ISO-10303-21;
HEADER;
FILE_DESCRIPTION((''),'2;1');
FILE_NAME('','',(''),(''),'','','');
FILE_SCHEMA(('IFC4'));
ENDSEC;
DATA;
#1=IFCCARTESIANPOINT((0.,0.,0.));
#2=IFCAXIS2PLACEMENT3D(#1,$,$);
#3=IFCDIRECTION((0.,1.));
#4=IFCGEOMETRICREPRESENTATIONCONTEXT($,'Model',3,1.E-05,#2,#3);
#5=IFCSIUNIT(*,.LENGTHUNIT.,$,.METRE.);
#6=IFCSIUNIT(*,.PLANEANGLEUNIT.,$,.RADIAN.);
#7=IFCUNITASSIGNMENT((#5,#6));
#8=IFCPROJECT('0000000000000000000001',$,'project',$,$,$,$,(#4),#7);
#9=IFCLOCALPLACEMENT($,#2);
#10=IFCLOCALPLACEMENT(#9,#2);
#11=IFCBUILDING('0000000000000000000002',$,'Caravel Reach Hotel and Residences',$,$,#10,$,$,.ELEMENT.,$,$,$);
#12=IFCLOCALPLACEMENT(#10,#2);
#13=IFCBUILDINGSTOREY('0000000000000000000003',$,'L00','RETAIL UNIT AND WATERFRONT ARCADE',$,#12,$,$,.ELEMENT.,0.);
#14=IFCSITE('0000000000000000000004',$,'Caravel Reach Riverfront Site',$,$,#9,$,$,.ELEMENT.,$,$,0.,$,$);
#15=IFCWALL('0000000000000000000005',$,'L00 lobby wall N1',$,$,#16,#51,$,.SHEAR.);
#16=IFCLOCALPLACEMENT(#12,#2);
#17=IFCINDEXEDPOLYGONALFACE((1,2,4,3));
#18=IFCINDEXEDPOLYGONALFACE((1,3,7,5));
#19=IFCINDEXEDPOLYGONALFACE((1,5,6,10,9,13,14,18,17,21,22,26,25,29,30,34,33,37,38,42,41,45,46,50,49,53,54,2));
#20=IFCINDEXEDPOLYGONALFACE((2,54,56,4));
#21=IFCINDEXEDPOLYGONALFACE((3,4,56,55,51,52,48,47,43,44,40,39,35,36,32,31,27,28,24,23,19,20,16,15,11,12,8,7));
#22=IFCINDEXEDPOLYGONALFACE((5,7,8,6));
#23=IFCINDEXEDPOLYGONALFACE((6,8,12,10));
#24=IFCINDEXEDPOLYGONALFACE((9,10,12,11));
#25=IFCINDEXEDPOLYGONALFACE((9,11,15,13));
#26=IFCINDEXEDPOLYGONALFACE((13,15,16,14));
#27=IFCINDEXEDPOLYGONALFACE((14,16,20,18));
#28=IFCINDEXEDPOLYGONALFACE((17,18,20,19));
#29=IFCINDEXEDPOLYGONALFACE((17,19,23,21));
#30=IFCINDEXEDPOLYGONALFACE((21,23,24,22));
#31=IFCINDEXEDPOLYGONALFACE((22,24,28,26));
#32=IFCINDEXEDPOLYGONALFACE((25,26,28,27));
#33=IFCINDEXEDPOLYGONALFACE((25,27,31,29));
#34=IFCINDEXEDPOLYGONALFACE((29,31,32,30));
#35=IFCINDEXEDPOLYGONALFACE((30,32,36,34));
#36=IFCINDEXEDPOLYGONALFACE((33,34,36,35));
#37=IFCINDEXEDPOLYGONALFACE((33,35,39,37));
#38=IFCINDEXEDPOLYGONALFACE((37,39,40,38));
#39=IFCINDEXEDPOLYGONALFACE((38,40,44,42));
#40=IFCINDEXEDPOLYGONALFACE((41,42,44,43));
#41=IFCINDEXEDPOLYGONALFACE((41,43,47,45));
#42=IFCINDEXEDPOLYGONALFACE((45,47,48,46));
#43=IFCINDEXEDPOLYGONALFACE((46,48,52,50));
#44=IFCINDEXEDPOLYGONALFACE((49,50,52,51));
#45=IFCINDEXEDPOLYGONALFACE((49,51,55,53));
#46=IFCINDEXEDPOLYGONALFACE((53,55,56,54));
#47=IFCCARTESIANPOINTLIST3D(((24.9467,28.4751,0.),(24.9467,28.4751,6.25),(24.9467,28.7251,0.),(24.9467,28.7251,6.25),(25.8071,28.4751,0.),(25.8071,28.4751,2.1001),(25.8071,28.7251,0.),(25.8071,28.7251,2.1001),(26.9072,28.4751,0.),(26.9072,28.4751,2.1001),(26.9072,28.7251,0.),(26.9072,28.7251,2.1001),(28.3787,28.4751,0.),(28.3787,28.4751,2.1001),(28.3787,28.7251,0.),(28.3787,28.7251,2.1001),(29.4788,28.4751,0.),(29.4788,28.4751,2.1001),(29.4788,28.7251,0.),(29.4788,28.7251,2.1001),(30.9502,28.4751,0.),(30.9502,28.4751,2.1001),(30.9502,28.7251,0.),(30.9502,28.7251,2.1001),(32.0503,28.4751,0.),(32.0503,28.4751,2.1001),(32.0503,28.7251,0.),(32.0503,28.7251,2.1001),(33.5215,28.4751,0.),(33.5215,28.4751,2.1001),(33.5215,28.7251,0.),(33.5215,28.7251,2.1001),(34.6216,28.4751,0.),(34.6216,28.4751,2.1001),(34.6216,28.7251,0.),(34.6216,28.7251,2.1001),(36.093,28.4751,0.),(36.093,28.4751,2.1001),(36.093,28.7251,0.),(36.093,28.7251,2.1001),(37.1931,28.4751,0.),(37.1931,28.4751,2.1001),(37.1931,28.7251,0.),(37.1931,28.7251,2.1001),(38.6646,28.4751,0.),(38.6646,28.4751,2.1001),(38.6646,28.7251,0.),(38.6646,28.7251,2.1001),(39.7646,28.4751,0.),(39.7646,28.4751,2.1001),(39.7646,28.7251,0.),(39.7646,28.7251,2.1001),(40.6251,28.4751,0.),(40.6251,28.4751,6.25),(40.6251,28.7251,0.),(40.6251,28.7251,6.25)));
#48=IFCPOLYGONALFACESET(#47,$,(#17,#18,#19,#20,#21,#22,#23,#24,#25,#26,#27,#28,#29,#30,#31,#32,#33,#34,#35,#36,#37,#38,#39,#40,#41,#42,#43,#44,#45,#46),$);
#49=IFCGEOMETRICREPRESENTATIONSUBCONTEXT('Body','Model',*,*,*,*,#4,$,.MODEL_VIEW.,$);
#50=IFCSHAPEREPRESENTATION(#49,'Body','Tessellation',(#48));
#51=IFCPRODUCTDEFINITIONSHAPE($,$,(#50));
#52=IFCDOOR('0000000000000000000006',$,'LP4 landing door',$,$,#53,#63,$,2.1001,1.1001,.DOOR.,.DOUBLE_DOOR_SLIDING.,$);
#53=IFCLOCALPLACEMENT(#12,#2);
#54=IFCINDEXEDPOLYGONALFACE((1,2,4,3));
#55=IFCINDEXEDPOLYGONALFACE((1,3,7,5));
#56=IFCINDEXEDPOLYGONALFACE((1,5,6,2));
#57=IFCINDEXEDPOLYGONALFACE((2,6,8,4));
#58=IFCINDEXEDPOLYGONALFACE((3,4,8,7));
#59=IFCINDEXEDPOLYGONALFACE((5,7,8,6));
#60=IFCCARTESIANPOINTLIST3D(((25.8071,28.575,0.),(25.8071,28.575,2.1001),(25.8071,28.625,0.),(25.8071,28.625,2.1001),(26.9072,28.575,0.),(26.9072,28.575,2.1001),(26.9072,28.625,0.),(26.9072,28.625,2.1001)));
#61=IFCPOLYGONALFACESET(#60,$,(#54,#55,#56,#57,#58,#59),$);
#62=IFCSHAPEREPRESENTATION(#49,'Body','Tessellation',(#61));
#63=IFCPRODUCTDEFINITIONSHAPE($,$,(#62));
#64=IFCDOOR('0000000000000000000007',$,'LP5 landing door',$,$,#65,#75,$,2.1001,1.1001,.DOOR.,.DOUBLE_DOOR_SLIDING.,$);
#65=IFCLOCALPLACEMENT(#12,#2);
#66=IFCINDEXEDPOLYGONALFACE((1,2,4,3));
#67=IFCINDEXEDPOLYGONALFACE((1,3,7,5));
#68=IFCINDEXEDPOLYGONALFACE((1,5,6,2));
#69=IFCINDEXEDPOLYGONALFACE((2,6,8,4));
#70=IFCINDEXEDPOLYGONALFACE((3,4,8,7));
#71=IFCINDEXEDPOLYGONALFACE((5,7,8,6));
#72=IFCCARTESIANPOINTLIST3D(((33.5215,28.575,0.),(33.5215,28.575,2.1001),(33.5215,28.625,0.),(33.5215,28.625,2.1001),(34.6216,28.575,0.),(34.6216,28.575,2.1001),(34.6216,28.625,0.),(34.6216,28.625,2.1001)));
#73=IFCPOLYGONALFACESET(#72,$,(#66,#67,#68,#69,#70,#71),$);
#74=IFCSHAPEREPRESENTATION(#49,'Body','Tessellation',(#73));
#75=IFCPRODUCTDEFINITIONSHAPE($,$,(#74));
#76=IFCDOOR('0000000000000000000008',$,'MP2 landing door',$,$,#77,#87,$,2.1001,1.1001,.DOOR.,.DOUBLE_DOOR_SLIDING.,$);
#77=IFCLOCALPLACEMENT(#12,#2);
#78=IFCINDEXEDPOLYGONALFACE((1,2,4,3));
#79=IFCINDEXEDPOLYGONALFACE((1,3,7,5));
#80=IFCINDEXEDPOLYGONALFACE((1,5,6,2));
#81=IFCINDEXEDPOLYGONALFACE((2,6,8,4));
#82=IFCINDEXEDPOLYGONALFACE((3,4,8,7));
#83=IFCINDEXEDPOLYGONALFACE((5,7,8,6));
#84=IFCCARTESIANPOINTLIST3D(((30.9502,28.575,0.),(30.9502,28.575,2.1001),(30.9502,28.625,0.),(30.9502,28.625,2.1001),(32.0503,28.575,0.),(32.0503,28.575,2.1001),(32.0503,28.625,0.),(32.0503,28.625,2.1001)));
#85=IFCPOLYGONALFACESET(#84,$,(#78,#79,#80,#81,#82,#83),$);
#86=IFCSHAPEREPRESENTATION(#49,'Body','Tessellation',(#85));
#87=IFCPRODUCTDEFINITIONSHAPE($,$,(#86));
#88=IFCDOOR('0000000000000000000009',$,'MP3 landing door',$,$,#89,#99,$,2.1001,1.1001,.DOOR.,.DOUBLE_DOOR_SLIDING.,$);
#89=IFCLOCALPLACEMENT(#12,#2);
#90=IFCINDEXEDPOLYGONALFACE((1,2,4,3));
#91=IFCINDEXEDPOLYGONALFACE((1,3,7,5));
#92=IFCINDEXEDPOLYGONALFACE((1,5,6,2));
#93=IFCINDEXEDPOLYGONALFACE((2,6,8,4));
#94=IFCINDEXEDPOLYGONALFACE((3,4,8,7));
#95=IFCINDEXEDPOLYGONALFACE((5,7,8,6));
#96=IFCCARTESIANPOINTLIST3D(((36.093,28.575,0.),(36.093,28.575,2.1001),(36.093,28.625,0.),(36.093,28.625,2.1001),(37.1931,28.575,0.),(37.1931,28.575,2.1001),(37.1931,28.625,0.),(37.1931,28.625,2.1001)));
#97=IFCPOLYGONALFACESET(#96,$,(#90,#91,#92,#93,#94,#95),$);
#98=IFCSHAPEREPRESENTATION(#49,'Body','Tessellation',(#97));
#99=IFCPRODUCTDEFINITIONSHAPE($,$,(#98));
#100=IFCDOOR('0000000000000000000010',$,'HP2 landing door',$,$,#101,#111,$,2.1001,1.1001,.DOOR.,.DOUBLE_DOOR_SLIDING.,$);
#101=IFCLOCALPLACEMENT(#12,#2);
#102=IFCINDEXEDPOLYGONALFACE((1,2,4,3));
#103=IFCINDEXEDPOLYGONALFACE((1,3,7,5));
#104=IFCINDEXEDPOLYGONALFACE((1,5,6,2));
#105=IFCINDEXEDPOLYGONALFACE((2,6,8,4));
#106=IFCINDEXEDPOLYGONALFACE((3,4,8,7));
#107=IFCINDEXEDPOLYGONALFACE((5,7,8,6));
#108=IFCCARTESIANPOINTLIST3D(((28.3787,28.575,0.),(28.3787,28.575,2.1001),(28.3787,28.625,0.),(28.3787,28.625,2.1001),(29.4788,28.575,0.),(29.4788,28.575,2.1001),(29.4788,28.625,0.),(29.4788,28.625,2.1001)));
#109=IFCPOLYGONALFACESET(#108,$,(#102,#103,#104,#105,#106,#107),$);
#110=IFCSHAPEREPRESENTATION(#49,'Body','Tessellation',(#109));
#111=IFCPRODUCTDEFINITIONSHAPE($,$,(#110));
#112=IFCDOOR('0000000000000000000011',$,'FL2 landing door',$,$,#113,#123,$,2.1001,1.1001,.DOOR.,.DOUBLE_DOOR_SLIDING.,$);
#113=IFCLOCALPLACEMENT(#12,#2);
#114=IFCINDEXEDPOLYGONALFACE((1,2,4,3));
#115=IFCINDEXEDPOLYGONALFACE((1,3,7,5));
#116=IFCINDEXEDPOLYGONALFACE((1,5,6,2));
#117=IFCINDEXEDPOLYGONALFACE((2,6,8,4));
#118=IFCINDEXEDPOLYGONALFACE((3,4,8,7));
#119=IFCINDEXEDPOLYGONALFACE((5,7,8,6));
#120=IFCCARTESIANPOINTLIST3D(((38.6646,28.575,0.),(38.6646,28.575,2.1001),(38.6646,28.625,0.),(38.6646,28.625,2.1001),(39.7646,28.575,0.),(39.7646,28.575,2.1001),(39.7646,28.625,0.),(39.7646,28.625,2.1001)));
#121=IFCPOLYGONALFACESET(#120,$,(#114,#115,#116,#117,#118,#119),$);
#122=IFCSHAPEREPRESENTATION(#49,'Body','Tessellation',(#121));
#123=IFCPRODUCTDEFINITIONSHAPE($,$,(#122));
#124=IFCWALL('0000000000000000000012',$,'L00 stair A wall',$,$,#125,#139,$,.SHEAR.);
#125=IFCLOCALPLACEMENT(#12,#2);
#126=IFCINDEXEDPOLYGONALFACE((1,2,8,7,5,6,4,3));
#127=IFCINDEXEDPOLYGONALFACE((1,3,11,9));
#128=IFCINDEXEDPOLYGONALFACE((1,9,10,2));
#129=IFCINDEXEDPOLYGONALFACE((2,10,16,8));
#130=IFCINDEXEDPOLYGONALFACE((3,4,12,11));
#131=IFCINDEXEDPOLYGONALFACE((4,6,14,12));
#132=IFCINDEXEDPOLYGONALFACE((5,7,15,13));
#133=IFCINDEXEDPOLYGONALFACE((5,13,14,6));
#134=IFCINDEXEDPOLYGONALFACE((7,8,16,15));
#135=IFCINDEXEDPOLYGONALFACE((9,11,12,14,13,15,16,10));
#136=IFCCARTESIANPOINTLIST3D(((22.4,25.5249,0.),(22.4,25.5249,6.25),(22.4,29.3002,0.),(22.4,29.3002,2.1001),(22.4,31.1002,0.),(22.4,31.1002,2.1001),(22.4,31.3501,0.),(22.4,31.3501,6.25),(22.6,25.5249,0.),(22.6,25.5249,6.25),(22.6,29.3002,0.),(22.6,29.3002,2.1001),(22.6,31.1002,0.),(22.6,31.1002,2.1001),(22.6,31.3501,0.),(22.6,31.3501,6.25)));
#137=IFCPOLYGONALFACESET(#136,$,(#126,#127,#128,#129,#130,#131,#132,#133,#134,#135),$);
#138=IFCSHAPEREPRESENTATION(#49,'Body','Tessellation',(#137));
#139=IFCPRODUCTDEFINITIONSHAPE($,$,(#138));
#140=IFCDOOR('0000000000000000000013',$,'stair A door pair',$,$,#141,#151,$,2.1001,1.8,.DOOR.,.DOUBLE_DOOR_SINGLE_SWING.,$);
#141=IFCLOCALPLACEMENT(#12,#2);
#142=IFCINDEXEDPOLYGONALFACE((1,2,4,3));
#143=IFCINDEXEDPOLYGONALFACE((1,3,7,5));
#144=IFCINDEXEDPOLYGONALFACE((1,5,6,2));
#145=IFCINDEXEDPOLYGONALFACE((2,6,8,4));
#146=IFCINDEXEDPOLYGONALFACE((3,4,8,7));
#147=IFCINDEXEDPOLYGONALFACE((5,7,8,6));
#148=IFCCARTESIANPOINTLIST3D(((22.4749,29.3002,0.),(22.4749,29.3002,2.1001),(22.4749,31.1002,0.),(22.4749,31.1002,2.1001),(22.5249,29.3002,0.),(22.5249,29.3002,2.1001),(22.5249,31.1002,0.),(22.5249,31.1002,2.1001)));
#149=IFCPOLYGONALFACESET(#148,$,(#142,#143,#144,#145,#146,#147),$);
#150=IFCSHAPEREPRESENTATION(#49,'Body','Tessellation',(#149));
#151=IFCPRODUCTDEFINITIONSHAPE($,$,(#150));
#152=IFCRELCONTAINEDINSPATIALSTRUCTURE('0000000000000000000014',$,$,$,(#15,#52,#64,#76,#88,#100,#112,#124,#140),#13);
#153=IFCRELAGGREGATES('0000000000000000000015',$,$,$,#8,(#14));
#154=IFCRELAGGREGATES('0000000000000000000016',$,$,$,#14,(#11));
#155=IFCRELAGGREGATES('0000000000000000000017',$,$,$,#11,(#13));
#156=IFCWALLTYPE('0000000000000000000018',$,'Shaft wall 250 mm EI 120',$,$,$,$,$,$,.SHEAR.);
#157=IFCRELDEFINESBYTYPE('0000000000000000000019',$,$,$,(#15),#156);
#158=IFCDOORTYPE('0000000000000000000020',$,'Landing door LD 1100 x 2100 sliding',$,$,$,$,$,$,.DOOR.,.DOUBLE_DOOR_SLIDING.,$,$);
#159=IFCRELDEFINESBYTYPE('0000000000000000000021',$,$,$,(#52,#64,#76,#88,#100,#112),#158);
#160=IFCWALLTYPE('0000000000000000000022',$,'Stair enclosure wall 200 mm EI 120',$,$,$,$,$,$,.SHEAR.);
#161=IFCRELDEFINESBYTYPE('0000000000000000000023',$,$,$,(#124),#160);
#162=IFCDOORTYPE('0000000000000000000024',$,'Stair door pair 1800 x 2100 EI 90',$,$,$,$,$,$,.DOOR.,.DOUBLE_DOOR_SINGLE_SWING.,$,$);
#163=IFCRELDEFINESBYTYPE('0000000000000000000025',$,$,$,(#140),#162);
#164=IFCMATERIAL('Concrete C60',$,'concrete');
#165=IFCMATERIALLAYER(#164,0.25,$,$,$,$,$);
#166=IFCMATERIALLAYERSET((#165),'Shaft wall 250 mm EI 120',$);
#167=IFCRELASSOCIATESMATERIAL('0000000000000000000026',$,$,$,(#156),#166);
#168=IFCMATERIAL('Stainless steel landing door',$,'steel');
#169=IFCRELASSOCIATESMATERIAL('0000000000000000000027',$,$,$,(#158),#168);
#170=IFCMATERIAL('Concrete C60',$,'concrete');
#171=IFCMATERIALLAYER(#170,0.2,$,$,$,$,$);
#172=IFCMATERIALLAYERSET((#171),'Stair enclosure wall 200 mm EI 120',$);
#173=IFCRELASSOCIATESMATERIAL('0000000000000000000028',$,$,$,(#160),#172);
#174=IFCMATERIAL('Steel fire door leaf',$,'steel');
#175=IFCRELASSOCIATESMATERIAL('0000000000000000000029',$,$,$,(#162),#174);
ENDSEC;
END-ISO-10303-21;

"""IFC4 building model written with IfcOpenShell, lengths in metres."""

from ifc_helpers import new_model, si_unit, direction, frame, frame_2d, origin, place, context, subcontext, project, spatial, rectangle, extrude, material, layer, layer_set, type_object, element, fill, save


model = new_model("IFC4")

# Units and contexts
model_context = context("Model", 3, precision=1e-05, world=origin(), true_north=direction((0.0, 1.0)))
body_context = subcontext(model_context, "Body", "Model", "MODEL_VIEW")
ifc_project = project(units=[si_unit("LENGTHUNIT", "METRE"), si_unit("PLANEANGLEUNIT", "RADIAN")], contexts=[model_context])

# Site, building, storey
site_placement = place(None, origin())
site = spatial("IfcSite", under=ifc_project, at=site_placement, Name="Caravel Reach Riverfront Site", CompositionType="ELEMENT", RefElevation=0.0)
building_placement = place(site_placement, origin())
building = spatial("IfcBuilding", under=site, at=building_placement, Name="Caravel Reach Hotel and Residences", CompositionType="ELEMENT")
storey_placement = place(building_placement, origin())
storey = spatial("IfcBuildingStorey", under=building, at=storey_placement, Name="L00", Description="RETAIL UNIT AND WATERFRONT ARCADE", CompositionType="ELEMENT", Elevation=0.0)

# Wall, openings, doors
ifc_material_1 = material(Name="Concrete C60", Category="concrete")
ifc_layer_1 = layer(ifc_material_1, 0.25)
ifc_layer_set_1 = layer_set([ifc_layer_1], Name="Shaft wall 250 mm EI 120")
wall_type_1 = type_object("IfcWallType", Name="Shaft wall 250 mm EI 120", PredefinedType="SHEAR", material=ifc_layer_set_1)
ifc_material_2 = material(Name="Stainless steel landing door", Category="steel")
door_type_1 = type_object("IfcDoorType", Name="Landing door LD 1100 x 2100 sliding", OperationType="DOUBLE_DOOR_SLIDING", PredefinedType="DOOR", material=ifc_material_2)
wall_1_placement = place(storey_placement, frame((24.9465, 28.6001, 0.0), z_axis=(0.0, 0.0, 1.0), x_axis=(1.0, 0.0, 0.0)))
wall_1 = element("IfcWall", 1, at=wall_1_placement, inside=storey, type_object=wall_type_1, Name="L00 lobby wall N1", PredefinedType="SHEAR", context=body_context, shape_type="SweptSolid", body=[
    extrude(rectangle(XDim=15.6785, YDim=0.25, at=frame_2d((7.8394, 0.0))), origin(), (0.0, 0.0, 1.0), 6.25),
])
opening_1_placement = place(wall_1_placement, frame((0.8606, 0.0, 0.0)))
opening_1 = element("IfcOpeningElement", 2, at=opening_1_placement, cuts=wall_1, PredefinedType="OPENING", context=body_context, shape_type="SweptSolid", body=[
    extrude(rectangle(XDim=1.1001, YDim=2.1001, at=frame_2d((0.55, 1.05))), frame((0.0, 0.135, 0.0), z_axis=(0.0, -1.0, 0.0), x_axis=(1.0, 0.0, 0.0)), (0.0, 0.0, 1.0), 0.27),
])
opening_2_placement = place(wall_1_placement, frame((8.575, 0.0, 0.0)))
opening_2 = element("IfcOpeningElement", 3, at=opening_2_placement, cuts=wall_1, PredefinedType="OPENING", context=body_context, shape_type="SweptSolid", body=[
    extrude(rectangle(XDim=1.1001, YDim=2.1001, at=frame_2d((0.55, 1.05))), frame((0.0, 0.135, 0.0), z_axis=(0.0, -1.0, 0.0), x_axis=(1.0, 0.0, 0.0)), (0.0, 0.0, 1.0), 0.27),
])
opening_3_placement = place(wall_1_placement, frame((6.0037, 0.0, 0.0)))
opening_3 = element("IfcOpeningElement", 4, at=opening_3_placement, cuts=wall_1, PredefinedType="OPENING", context=body_context, shape_type="SweptSolid", body=[
    extrude(rectangle(XDim=1.1001, YDim=2.1001, at=frame_2d((0.55, 1.05))), frame((0.0, 0.135, 0.0), z_axis=(0.0, -1.0, 0.0), x_axis=(1.0, 0.0, 0.0)), (0.0, 0.0, 1.0), 0.27),
])
opening_4_placement = place(wall_1_placement, frame((11.1465, 0.0, 0.0)))
opening_4 = element("IfcOpeningElement", 5, at=opening_4_placement, cuts=wall_1, PredefinedType="OPENING", context=body_context, shape_type="SweptSolid", body=[
    extrude(rectangle(XDim=1.1001, YDim=2.1001, at=frame_2d((0.55, 1.05))), frame((0.0, 0.135, 0.0), z_axis=(0.0, -1.0, 0.0), x_axis=(1.0, 0.0, 0.0)), (0.0, 0.0, 1.0), 0.27),
])
opening_5_placement = place(wall_1_placement, frame((3.4321, 0.0, 0.0)))
opening_5 = element("IfcOpeningElement", 6, at=opening_5_placement, cuts=wall_1, PredefinedType="OPENING", context=body_context, shape_type="SweptSolid", body=[
    extrude(rectangle(XDim=1.1001, YDim=2.1001, at=frame_2d((0.55, 1.05))), frame((0.0, 0.135, 0.0), z_axis=(0.0, -1.0, 0.0), x_axis=(1.0, 0.0, 0.0)), (0.0, 0.0, 1.0), 0.27),
])
opening_6_placement = place(wall_1_placement, frame((13.718, 0.0, 0.0)))
opening_6 = element("IfcOpeningElement", 7, at=opening_6_placement, cuts=wall_1, PredefinedType="OPENING", context=body_context, shape_type="SweptSolid", body=[
    extrude(rectangle(XDim=1.1001, YDim=2.1001, at=frame_2d((0.55, 1.05))), frame((0.0, 0.135, 0.0), z_axis=(0.0, -1.0, 0.0), x_axis=(1.0, 0.0, 0.0)), (0.0, 0.0, 1.0), 0.27),
])
door_1_placement = place(opening_1_placement, origin())
door_1 = element("IfcDoor", 8, at=door_1_placement, inside=storey, type_object=door_type_1, Name="LP4 landing door", OperationType="DOUBLE_DOOR_SLIDING", OverallHeight=2.1001, OverallWidth=1.1001, PredefinedType="DOOR", context=body_context, shape_type="SweptSolid", body=[
    extrude(rectangle(XDim=1.1001, YDim=2.1001, at=frame_2d((0.55, 1.05))), frame((0.0, 0.0249, 0.0), z_axis=(0.0, -1.0, 0.0), x_axis=(1.0, 0.0, 0.0)), (0.0, 0.0, 1.0), 0.05),
])
fill(opening_1, door_1)
door_2_placement = place(opening_2_placement, origin())
door_2 = element("IfcDoor", 9, at=door_2_placement, inside=storey, type_object=door_type_1, Name="LP5 landing door", OperationType="DOUBLE_DOOR_SLIDING", OverallHeight=2.1001, OverallWidth=1.1001, PredefinedType="DOOR", context=body_context, shape_type="SweptSolid", body=[
    extrude(rectangle(XDim=1.1001, YDim=2.1001, at=frame_2d((0.55, 1.05))), frame((0.0, 0.0249, 0.0), z_axis=(0.0, -1.0, 0.0), x_axis=(1.0, 0.0, 0.0)), (0.0, 0.0, 1.0), 0.05),
])
fill(opening_2, door_2)
door_3_placement = place(opening_3_placement, origin())
door_3 = element("IfcDoor", 10, at=door_3_placement, inside=storey, type_object=door_type_1, Name="MP2 landing door", OperationType="DOUBLE_DOOR_SLIDING", OverallHeight=2.1001, OverallWidth=1.1001, PredefinedType="DOOR", context=body_context, shape_type="SweptSolid", body=[
    extrude(rectangle(XDim=1.1001, YDim=2.1001, at=frame_2d((0.55, 1.05))), frame((0.0, 0.0249, 0.0), z_axis=(0.0, -1.0, 0.0), x_axis=(1.0, 0.0, 0.0)), (0.0, 0.0, 1.0), 0.05),
])
fill(opening_3, door_3)
door_4_placement = place(opening_4_placement, origin())
door_4 = element("IfcDoor", 11, at=door_4_placement, inside=storey, type_object=door_type_1, Name="MP3 landing door", OperationType="DOUBLE_DOOR_SLIDING", OverallHeight=2.1001, OverallWidth=1.1001, PredefinedType="DOOR", context=body_context, shape_type="SweptSolid", body=[
    extrude(rectangle(XDim=1.1001, YDim=2.1001, at=frame_2d((0.55, 1.05))), frame((0.0, 0.0249, 0.0), z_axis=(0.0, -1.0, 0.0), x_axis=(1.0, 0.0, 0.0)), (0.0, 0.0, 1.0), 0.05),
])
fill(opening_4, door_4)
door_5_placement = place(opening_5_placement, origin())
door_5 = element("IfcDoor", 12, at=door_5_placement, inside=storey, type_object=door_type_1, Name="HP2 landing door", OperationType="DOUBLE_DOOR_SLIDING", OverallHeight=2.1001, OverallWidth=1.1001, PredefinedType="DOOR", context=body_context, shape_type="SweptSolid", body=[
    extrude(rectangle(XDim=1.1001, YDim=2.1001, at=frame_2d((0.55, 1.05))), frame((0.0, 0.0249, 0.0), z_axis=(0.0, -1.0, 0.0), x_axis=(1.0, 0.0, 0.0)), (0.0, 0.0, 1.0), 0.05),
])
fill(opening_5, door_5)
door_6_placement = place(opening_6_placement, origin())
door_6 = element("IfcDoor", 13, at=door_6_placement, inside=storey, type_object=door_type_1, Name="FL2 landing door", OperationType="DOUBLE_DOOR_SLIDING", OverallHeight=2.1001, OverallWidth=1.1001, PredefinedType="DOOR", context=body_context, shape_type="SweptSolid", body=[
    extrude(rectangle(XDim=1.1001, YDim=2.1001, at=frame_2d((0.55, 1.05))), frame((0.0, 0.0249, 0.0), z_axis=(0.0, -1.0, 0.0), x_axis=(1.0, 0.0, 0.0)), (0.0, 0.0, 1.0), 0.05),
])
fill(opening_6, door_6)

# Wall, opening, door
ifc_material_3 = material(Name="Concrete C60", Category="concrete")
ifc_layer_2 = layer(ifc_material_3, 0.2)
ifc_layer_set_2 = layer_set([ifc_layer_2], Name="Stair enclosure wall 200 mm EI 120")
wall_type_2 = type_object("IfcWallType", Name="Stair enclosure wall 200 mm EI 120", PredefinedType="SHEAR", material=ifc_layer_set_2)
wall_2_placement = place(storey_placement, frame((22.5, 31.3501, 0.0), z_axis=(0.0, 0.0, 1.0), x_axis=(0.0, -1.0, 0.0)))
wall_2 = element("IfcWall", 14, at=wall_2_placement, inside=storey, type_object=wall_type_2, Name="L00 stair A wall", PredefinedType="SHEAR", context=body_context, shape_type="SweptSolid", body=[
    extrude(rectangle(XDim=5.8252, YDim=0.2, at=frame_2d((2.9126, 0.0))), origin(), (0.0, 0.0, 1.0), 6.25),
])
opening_7_placement = place(wall_2_placement, frame((0.25, 0.0, 0.0)))
opening_7 = element("IfcOpeningElement", 15, at=opening_7_placement, cuts=wall_2, PredefinedType="OPENING", context=body_context, shape_type="SweptSolid", body=[
    extrude(rectangle(XDim=1.8, YDim=2.1001, at=frame_2d((0.8999, 1.05))), frame((0.0, 0.1099, 0.0), z_axis=(0.0, -1.0, 0.0), x_axis=(1.0, 0.0, 0.0)), (0.0, 0.0, 1.0), 0.22),
])
ifc_material_4 = material(Name="Steel fire door leaf", Category="steel")
door_type_2 = type_object("IfcDoorType", Name="Stair door pair 1800 x 2100 EI 90", OperationType="DOUBLE_DOOR_SINGLE_SWING", PredefinedType="DOOR", material=ifc_material_4)
door_7_placement = place(opening_7_placement, origin())
door_7 = element("IfcDoor", 16, at=door_7_placement, inside=storey, type_object=door_type_2, Name="stair A door pair", OperationType="DOUBLE_DOOR_SINGLE_SWING", OverallHeight=2.1001, OverallWidth=1.8, PredefinedType="DOOR", context=body_context, shape_type="SweptSolid", body=[
    extrude(rectangle(XDim=1.8, YDim=2.1001, at=frame_2d((0.8999, 1.05))), frame((0.0, 0.0249, 0.0), z_axis=(0.0, -1.0, 0.0), x_axis=(1.0, 0.0, 0.0)), (0.0, 0.0, 1.0), 0.05),
])
fill(opening_7, door_7)

save(model, "model.ifc")
